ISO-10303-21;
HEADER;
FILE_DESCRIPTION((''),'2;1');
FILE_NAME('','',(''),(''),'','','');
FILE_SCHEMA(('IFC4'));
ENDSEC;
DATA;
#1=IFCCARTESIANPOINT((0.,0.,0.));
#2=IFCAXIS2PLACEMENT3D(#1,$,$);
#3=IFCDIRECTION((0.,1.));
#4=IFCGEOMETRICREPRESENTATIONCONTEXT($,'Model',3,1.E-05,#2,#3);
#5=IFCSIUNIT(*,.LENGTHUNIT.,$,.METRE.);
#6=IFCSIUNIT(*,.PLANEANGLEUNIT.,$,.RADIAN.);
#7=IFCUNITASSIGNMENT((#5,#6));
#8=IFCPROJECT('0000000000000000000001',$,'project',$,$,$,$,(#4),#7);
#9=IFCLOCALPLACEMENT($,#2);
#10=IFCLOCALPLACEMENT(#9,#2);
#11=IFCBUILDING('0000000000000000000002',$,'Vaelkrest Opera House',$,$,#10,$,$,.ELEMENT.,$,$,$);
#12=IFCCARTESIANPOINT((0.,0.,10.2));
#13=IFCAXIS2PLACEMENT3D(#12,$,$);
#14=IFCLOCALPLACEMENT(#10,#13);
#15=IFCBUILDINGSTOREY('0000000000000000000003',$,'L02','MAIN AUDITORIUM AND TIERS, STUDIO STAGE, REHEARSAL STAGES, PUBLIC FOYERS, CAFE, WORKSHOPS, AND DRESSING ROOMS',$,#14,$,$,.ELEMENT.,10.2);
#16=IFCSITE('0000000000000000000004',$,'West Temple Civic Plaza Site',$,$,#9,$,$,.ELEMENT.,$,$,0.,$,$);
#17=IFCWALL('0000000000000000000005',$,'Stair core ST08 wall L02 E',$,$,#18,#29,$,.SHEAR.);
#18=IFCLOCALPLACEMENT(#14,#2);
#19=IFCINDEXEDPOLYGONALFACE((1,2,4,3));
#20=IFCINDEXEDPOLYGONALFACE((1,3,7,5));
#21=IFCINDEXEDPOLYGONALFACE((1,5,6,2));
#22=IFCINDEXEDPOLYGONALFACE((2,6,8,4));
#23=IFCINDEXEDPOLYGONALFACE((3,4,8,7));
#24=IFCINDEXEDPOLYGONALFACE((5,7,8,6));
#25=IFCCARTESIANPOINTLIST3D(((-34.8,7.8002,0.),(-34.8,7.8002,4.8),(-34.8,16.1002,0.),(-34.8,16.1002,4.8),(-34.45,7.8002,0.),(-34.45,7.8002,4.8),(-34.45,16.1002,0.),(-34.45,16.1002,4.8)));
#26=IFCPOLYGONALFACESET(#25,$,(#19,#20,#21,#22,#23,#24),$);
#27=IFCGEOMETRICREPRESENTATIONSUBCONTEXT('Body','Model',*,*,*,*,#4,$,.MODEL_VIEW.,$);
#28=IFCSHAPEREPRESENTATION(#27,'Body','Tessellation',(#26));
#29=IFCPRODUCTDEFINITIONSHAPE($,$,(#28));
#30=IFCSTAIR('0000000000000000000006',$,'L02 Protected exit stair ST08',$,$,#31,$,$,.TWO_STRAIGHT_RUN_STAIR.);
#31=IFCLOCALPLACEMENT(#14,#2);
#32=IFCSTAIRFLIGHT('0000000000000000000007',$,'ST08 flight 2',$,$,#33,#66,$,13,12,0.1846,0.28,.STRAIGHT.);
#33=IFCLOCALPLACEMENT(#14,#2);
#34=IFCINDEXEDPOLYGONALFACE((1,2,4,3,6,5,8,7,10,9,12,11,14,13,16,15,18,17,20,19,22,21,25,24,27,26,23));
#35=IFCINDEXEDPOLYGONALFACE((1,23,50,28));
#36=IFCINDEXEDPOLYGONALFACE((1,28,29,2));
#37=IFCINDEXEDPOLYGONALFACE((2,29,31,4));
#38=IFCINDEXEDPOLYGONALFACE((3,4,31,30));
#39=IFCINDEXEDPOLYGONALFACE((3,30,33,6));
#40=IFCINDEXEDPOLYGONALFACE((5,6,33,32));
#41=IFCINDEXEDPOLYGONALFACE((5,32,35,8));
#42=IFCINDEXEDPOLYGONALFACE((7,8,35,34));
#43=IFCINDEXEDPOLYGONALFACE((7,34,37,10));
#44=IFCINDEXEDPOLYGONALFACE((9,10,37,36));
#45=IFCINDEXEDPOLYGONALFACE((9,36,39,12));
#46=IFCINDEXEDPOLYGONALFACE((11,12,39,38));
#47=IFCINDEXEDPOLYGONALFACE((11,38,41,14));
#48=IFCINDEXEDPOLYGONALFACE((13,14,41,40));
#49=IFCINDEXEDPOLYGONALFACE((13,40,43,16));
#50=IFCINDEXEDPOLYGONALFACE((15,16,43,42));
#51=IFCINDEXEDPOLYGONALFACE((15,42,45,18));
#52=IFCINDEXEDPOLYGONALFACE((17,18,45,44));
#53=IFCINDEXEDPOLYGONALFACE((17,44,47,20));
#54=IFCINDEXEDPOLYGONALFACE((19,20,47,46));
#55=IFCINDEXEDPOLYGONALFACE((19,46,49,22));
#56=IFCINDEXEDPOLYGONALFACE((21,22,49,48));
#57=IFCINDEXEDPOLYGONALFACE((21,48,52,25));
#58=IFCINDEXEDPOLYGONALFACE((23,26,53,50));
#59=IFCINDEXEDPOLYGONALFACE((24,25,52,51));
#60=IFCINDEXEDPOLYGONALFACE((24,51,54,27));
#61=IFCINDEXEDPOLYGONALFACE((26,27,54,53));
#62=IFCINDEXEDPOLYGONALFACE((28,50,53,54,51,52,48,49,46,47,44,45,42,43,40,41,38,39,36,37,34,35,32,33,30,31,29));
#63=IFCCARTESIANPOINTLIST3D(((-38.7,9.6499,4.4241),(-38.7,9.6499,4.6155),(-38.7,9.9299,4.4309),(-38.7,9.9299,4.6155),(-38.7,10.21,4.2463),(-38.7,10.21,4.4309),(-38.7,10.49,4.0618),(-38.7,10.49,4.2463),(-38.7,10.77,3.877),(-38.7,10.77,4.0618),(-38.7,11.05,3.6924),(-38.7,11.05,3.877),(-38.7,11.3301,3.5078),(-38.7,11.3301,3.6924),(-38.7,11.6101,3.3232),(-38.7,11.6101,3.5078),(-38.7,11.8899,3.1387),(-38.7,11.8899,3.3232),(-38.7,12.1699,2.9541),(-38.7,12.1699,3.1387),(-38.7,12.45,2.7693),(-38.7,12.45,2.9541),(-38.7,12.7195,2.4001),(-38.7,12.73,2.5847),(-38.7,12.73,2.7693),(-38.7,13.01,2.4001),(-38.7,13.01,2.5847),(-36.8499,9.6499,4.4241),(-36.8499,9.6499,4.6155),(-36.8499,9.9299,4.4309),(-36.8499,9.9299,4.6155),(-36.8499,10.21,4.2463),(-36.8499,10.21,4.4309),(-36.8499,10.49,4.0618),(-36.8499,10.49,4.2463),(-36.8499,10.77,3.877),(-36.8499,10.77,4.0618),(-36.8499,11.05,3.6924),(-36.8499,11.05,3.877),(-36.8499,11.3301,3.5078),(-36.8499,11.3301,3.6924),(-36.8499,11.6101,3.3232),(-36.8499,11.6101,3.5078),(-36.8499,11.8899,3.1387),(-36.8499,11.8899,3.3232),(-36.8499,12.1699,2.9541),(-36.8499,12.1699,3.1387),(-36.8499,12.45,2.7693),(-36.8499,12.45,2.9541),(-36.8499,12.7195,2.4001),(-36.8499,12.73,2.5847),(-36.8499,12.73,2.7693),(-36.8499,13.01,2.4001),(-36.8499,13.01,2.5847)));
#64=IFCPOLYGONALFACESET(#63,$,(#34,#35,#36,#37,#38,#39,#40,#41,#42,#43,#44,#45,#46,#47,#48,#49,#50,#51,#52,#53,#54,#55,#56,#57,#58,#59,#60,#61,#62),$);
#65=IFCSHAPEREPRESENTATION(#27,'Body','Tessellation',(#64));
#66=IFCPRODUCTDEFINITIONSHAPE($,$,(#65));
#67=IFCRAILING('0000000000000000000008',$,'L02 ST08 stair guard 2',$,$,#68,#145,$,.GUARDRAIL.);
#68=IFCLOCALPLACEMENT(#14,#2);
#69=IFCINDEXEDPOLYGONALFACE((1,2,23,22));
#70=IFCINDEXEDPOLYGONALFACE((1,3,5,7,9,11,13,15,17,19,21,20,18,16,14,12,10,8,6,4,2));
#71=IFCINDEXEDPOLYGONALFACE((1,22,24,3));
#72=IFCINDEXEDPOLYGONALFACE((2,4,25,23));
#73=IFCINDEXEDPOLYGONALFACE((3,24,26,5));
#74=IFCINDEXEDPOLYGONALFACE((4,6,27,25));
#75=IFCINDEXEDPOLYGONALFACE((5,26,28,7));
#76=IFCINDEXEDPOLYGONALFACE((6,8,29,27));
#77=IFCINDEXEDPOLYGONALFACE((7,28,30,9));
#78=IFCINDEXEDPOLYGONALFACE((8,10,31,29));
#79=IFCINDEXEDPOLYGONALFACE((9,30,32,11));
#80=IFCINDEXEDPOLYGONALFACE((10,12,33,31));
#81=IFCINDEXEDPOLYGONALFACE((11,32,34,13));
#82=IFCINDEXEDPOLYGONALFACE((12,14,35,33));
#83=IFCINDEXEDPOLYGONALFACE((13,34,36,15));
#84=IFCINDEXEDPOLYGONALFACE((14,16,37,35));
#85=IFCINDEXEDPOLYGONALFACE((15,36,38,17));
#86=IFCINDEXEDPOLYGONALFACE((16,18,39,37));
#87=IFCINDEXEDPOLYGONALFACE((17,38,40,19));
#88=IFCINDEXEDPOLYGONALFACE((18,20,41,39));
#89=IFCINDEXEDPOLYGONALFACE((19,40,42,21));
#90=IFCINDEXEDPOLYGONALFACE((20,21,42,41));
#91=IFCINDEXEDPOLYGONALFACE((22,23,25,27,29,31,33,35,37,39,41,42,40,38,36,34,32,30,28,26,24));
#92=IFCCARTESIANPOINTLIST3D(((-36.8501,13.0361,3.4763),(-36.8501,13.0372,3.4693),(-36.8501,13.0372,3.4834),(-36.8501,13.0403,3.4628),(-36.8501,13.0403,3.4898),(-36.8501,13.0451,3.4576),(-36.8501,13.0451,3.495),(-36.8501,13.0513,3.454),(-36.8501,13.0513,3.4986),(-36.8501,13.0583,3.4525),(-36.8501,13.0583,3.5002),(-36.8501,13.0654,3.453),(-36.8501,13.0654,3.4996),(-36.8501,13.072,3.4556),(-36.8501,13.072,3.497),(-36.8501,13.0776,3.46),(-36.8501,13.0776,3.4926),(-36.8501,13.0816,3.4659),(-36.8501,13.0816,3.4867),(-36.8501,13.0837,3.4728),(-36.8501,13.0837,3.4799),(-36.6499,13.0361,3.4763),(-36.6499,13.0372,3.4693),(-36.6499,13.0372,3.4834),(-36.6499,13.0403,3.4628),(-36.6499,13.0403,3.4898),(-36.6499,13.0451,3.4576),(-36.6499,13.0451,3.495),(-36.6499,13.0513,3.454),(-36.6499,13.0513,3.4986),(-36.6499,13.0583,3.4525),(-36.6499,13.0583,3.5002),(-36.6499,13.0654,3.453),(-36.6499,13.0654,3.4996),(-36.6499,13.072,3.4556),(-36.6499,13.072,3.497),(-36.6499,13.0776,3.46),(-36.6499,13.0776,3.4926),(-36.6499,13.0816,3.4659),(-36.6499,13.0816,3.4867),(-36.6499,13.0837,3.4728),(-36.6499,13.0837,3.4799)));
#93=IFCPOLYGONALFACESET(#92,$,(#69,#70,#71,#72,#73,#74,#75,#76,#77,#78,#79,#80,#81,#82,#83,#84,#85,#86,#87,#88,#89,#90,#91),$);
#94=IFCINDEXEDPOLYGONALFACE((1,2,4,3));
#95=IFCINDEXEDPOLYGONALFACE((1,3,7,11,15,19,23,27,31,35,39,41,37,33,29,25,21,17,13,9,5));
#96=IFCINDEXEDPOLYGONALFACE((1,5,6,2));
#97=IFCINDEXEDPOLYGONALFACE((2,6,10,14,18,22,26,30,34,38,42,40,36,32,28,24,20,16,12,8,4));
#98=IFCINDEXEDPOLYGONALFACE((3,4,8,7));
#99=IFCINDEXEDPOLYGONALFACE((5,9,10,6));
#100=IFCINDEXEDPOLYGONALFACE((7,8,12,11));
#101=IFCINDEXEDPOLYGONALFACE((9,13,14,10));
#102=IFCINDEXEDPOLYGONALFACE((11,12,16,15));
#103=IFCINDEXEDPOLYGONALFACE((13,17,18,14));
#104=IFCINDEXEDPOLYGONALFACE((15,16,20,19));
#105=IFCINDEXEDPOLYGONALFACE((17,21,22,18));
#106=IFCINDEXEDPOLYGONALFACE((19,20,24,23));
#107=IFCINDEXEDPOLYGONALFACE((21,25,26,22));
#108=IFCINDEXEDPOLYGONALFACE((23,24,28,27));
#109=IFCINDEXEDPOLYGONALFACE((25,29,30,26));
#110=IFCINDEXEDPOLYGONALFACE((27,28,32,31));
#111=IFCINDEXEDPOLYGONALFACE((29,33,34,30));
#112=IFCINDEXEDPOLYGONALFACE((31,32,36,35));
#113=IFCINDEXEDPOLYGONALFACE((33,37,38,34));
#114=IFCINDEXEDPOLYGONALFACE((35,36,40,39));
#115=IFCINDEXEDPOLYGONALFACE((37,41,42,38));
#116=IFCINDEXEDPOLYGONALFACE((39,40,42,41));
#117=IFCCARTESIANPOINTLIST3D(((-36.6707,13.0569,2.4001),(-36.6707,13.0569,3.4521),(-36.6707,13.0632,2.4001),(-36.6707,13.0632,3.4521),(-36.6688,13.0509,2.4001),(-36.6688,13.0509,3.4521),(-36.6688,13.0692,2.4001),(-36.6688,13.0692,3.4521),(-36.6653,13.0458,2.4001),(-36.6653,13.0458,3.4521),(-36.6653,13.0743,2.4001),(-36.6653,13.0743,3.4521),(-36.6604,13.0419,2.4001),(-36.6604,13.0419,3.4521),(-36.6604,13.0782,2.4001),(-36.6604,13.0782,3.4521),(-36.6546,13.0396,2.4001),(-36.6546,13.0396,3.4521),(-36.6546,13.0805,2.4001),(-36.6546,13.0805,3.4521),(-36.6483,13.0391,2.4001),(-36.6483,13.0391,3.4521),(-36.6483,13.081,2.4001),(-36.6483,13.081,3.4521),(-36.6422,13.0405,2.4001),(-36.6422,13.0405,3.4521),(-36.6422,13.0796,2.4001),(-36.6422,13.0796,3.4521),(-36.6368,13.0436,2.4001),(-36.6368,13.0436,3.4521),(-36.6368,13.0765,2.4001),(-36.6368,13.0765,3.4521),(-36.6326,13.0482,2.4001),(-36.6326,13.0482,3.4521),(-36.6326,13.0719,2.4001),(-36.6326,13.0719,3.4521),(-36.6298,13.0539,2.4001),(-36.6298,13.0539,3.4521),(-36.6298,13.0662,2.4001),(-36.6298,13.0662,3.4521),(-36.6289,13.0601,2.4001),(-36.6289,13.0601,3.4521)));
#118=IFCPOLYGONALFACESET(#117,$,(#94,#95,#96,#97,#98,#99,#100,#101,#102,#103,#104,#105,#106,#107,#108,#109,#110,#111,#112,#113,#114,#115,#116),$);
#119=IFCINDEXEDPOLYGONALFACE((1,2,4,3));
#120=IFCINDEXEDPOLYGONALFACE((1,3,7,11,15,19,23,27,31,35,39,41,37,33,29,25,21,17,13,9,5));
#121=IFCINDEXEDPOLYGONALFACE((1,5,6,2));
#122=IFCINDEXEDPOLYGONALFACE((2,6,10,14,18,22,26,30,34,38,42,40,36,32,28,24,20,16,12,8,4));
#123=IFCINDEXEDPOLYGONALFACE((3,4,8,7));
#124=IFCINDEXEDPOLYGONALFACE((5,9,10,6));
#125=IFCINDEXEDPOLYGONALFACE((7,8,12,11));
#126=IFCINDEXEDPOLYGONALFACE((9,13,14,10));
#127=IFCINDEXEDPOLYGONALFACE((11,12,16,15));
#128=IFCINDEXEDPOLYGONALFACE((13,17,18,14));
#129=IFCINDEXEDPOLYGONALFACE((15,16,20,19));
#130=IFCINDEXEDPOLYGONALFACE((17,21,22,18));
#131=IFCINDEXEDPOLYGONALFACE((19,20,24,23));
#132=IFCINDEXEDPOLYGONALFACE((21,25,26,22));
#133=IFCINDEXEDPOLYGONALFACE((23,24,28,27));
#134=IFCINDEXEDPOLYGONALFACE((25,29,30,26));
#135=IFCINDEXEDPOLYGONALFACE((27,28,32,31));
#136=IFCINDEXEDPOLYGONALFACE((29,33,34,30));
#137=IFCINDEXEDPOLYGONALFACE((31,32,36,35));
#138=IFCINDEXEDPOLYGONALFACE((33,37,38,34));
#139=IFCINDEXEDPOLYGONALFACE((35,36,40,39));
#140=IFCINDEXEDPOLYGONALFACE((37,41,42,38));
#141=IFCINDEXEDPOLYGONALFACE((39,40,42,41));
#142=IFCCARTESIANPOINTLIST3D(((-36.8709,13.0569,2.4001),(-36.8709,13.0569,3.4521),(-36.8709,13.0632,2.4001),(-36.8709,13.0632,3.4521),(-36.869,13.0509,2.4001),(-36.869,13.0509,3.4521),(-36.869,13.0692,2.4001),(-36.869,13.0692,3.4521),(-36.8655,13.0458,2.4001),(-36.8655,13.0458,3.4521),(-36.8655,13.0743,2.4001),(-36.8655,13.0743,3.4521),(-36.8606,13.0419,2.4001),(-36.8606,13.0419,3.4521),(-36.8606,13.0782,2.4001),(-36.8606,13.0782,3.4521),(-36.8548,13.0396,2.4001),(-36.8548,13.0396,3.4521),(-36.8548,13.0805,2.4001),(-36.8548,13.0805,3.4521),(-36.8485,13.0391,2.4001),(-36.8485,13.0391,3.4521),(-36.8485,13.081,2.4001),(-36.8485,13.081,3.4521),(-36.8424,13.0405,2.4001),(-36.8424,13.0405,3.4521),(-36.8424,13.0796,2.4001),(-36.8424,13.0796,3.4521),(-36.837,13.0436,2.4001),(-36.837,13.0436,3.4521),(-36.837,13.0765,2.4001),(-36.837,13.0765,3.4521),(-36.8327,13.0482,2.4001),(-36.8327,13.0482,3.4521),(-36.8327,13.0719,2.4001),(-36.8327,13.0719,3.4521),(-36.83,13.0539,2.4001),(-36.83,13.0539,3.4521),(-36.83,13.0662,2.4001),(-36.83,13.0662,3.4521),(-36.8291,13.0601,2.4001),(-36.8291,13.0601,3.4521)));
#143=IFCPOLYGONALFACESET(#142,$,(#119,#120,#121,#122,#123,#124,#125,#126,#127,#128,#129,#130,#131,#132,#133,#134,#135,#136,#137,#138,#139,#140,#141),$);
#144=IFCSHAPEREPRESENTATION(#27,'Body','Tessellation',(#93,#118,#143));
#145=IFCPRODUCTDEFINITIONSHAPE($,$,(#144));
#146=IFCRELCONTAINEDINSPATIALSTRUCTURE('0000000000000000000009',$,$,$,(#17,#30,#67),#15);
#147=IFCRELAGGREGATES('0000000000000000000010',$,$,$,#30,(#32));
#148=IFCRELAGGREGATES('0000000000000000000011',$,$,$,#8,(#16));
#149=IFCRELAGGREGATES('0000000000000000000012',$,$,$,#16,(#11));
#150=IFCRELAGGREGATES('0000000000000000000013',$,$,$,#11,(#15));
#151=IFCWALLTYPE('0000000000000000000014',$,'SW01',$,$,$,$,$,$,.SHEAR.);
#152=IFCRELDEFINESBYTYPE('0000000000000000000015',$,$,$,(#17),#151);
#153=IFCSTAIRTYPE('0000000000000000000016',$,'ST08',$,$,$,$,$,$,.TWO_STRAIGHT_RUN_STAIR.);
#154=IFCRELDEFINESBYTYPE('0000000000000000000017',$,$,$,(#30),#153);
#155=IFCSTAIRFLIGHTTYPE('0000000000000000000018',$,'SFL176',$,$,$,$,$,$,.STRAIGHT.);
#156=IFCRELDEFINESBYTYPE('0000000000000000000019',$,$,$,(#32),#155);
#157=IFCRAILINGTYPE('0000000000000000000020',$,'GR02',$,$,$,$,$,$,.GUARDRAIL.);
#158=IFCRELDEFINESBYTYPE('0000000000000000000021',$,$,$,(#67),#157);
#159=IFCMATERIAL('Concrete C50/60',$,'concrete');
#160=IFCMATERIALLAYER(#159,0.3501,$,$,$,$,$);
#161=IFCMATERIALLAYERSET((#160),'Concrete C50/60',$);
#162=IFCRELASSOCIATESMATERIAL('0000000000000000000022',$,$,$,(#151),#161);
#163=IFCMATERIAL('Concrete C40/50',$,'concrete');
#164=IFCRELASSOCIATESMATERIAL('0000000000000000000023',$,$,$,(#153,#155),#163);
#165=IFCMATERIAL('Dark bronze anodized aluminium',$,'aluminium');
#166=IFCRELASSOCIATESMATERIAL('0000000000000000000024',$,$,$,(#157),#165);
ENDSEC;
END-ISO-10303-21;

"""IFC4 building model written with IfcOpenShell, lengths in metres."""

from ifc_helpers import new_model, si_unit, direction, frame, frame_2d, origin, origin_2d, place, context, subcontext, project, spatial, polyline, rectangle, circle, outline, extrude, material, layer, layer_set, type_object, element, aggregate, save


model = new_model("IFC4")

# Units and contexts
model_context = context("Model", 3, precision=1e-05, world=origin(), true_north=direction((0.0, 1.0)))
body_context = subcontext(model_context, "Body", "Model", "MODEL_VIEW")
ifc_project = project(units=[si_unit("LENGTHUNIT", "METRE"), si_unit("PLANEANGLEUNIT", "RADIAN")], contexts=[model_context])

# Site, building, storey
site_placement = place(None, origin())
site = spatial("IfcSite", under=ifc_project, at=site_placement, Name="West Temple Civic Plaza Site", CompositionType="ELEMENT", RefElevation=0.0)
building_placement = place(site_placement, origin())
building = spatial("IfcBuilding", under=site, at=building_placement, Name="Vaelkrest Opera House", CompositionType="ELEMENT")
storey_placement = place(building_placement, frame((0.0, 0.0, 10.2)))
storey = spatial("IfcBuildingStorey", under=building, at=storey_placement, Name="L02", Description="MAIN AUDITORIUM AND TIERS, STUDIO STAGE, REHEARSAL STAGES, PUBLIC FOYERS, CAFE, WORKSHOPS, AND DRESSING ROOMS", CompositionType="ELEMENT", Elevation=10.2)

# Shared definitions
ifc_material_1 = material(Name="Concrete C50/60", Category="concrete")

# Shared definitions
ifc_material_2 = material(Name="Dark bronze anodized aluminium", Category="aluminium")

# Wall
ifc_layer_1 = layer(ifc_material_1, 0.3501)
ifc_layer_set_1 = layer_set([ifc_layer_1], Name="Concrete C50/60")
wall_type = type_object("IfcWallType", Name="SW01", PredefinedType="SHEAR", material=ifc_layer_set_1)
wall_1_placement = place(storey_placement, frame((-34.625, 16.1001, 0.0), z_axis=(0.0, 0.0, 1.0), x_axis=(0.0, -1.0, 0.0)))
element("IfcWall", 1, at=wall_1_placement, inside=storey, type_object=wall_type, Name="Stair core ST08 wall L02 E", PredefinedType="SHEAR", context=body_context, shape_type="SweptSolid", body=[
    extrude(rectangle(XDim=8.3, YDim=0.3501, at=frame_2d((4.1499, 0.0))), origin(), (0.0, 0.0, 1.0), 4.8),
])

# Stair, stair flight
ifc_material_3 = material(Name="Concrete C40/50", Category="concrete")
stair_type = type_object("IfcStairType", Name="ST08", PredefinedType="TWO_STRAIGHT_RUN_STAIR", material=ifc_material_3)
stair_placement = place(storey_placement, origin())
stair = element("IfcStair", 2, at=stair_placement, inside=storey, type_object=stair_type, Name="L02 Protected exit stair ST08", PredefinedType="TWO_STRAIGHT_RUN_STAIR")
stair_flight_type = type_object("IfcStairFlightType", Name="SFL176", PredefinedType="STRAIGHT", material=ifc_material_3)
stair_flight_placement = place(storey_placement, frame((-37.7749, 13.01, 2.4001), z_axis=(0.0, 0.0, 1.0), x_axis=(0.0, -1.0, 0.0)))
stair_flight = element("IfcStairFlight", 3, at=stair_flight_placement, type_object=stair_flight_type, Name="ST08 flight 2", NumberOfRisers=13, NumberOfTreads=12, PredefinedType="STRAIGHT", RiserHeight=0.1846, TreadLength=0.28, context=body_context, shape_type="SweptSolid", body=[
    extrude(outline(polyline([(0.0, 0.0), (0.0, 0.1846), (0.28, 0.1846), (0.28, 0.3691), (0.5601, 0.3691), (0.5601, 0.554), (0.8401, 0.554), (0.8401, 0.7385), (1.1201, 0.7385), (1.1201, 0.9231), (1.3999, 0.9231), (1.3999, 1.1077), (1.6799, 1.1077), (1.6799, 1.2922), (1.96, 1.2922), (1.96, 1.4768), (2.24, 1.4768), (2.24, 1.6616), (2.52, 1.6616), (2.52, 1.8462), (2.8, 1.8462), (2.8, 2.0308), (3.0801, 2.0308), (3.0801, 2.2153), (3.3601, 2.2153), (3.3601, 2.3999), (3.3601, 2.0239), (0.2905, 0.0), (0.0, 0.0)])), frame((0.0, 0.925, 0.0), z_axis=(0.0, -1.0, 0.0), x_axis=(1.0, 0.0, 0.0)), (0.0, 0.0, 1.0), 1.8501),
])
aggregate(stair, [stair_flight])

# Railing
railing_type_1 = type_object("IfcRailingType", Name="GR02", PredefinedType="GUARDRAIL", material=ifc_material_2)
railing_1_placement = place(storey_placement, frame((-36.6499, 13.0601, 2.4001)))
element("IfcRailing", 4, at=railing_1_placement, inside=storey, type_object=railing_type_1, Name="L02 ST08 stair guard 2", PredefinedType="GUARDRAIL", context=body_context, shape_type="SweptSolid", body=[
    extrude(circle(Radius=0.0239, at=origin_2d()), frame((0.0, 0.0, 1.0762), z_axis=(-1.0, 0.0, 0.0), x_axis=(0.0, -1.0, 0.0)), (0.0, 0.0, 1.0), 0.2002),
    extrude(circle(Radius=0.021, at=origin_2d()), origin(), (0.0, 0.0, 1.0), 1.052),
    extrude(circle(Radius=0.021, at=origin_2d()), frame((-0.2002, 0.0, 0.0)), (0.0, 0.0, 1.0), 1.052),
])

save(model, "model.ifc")
